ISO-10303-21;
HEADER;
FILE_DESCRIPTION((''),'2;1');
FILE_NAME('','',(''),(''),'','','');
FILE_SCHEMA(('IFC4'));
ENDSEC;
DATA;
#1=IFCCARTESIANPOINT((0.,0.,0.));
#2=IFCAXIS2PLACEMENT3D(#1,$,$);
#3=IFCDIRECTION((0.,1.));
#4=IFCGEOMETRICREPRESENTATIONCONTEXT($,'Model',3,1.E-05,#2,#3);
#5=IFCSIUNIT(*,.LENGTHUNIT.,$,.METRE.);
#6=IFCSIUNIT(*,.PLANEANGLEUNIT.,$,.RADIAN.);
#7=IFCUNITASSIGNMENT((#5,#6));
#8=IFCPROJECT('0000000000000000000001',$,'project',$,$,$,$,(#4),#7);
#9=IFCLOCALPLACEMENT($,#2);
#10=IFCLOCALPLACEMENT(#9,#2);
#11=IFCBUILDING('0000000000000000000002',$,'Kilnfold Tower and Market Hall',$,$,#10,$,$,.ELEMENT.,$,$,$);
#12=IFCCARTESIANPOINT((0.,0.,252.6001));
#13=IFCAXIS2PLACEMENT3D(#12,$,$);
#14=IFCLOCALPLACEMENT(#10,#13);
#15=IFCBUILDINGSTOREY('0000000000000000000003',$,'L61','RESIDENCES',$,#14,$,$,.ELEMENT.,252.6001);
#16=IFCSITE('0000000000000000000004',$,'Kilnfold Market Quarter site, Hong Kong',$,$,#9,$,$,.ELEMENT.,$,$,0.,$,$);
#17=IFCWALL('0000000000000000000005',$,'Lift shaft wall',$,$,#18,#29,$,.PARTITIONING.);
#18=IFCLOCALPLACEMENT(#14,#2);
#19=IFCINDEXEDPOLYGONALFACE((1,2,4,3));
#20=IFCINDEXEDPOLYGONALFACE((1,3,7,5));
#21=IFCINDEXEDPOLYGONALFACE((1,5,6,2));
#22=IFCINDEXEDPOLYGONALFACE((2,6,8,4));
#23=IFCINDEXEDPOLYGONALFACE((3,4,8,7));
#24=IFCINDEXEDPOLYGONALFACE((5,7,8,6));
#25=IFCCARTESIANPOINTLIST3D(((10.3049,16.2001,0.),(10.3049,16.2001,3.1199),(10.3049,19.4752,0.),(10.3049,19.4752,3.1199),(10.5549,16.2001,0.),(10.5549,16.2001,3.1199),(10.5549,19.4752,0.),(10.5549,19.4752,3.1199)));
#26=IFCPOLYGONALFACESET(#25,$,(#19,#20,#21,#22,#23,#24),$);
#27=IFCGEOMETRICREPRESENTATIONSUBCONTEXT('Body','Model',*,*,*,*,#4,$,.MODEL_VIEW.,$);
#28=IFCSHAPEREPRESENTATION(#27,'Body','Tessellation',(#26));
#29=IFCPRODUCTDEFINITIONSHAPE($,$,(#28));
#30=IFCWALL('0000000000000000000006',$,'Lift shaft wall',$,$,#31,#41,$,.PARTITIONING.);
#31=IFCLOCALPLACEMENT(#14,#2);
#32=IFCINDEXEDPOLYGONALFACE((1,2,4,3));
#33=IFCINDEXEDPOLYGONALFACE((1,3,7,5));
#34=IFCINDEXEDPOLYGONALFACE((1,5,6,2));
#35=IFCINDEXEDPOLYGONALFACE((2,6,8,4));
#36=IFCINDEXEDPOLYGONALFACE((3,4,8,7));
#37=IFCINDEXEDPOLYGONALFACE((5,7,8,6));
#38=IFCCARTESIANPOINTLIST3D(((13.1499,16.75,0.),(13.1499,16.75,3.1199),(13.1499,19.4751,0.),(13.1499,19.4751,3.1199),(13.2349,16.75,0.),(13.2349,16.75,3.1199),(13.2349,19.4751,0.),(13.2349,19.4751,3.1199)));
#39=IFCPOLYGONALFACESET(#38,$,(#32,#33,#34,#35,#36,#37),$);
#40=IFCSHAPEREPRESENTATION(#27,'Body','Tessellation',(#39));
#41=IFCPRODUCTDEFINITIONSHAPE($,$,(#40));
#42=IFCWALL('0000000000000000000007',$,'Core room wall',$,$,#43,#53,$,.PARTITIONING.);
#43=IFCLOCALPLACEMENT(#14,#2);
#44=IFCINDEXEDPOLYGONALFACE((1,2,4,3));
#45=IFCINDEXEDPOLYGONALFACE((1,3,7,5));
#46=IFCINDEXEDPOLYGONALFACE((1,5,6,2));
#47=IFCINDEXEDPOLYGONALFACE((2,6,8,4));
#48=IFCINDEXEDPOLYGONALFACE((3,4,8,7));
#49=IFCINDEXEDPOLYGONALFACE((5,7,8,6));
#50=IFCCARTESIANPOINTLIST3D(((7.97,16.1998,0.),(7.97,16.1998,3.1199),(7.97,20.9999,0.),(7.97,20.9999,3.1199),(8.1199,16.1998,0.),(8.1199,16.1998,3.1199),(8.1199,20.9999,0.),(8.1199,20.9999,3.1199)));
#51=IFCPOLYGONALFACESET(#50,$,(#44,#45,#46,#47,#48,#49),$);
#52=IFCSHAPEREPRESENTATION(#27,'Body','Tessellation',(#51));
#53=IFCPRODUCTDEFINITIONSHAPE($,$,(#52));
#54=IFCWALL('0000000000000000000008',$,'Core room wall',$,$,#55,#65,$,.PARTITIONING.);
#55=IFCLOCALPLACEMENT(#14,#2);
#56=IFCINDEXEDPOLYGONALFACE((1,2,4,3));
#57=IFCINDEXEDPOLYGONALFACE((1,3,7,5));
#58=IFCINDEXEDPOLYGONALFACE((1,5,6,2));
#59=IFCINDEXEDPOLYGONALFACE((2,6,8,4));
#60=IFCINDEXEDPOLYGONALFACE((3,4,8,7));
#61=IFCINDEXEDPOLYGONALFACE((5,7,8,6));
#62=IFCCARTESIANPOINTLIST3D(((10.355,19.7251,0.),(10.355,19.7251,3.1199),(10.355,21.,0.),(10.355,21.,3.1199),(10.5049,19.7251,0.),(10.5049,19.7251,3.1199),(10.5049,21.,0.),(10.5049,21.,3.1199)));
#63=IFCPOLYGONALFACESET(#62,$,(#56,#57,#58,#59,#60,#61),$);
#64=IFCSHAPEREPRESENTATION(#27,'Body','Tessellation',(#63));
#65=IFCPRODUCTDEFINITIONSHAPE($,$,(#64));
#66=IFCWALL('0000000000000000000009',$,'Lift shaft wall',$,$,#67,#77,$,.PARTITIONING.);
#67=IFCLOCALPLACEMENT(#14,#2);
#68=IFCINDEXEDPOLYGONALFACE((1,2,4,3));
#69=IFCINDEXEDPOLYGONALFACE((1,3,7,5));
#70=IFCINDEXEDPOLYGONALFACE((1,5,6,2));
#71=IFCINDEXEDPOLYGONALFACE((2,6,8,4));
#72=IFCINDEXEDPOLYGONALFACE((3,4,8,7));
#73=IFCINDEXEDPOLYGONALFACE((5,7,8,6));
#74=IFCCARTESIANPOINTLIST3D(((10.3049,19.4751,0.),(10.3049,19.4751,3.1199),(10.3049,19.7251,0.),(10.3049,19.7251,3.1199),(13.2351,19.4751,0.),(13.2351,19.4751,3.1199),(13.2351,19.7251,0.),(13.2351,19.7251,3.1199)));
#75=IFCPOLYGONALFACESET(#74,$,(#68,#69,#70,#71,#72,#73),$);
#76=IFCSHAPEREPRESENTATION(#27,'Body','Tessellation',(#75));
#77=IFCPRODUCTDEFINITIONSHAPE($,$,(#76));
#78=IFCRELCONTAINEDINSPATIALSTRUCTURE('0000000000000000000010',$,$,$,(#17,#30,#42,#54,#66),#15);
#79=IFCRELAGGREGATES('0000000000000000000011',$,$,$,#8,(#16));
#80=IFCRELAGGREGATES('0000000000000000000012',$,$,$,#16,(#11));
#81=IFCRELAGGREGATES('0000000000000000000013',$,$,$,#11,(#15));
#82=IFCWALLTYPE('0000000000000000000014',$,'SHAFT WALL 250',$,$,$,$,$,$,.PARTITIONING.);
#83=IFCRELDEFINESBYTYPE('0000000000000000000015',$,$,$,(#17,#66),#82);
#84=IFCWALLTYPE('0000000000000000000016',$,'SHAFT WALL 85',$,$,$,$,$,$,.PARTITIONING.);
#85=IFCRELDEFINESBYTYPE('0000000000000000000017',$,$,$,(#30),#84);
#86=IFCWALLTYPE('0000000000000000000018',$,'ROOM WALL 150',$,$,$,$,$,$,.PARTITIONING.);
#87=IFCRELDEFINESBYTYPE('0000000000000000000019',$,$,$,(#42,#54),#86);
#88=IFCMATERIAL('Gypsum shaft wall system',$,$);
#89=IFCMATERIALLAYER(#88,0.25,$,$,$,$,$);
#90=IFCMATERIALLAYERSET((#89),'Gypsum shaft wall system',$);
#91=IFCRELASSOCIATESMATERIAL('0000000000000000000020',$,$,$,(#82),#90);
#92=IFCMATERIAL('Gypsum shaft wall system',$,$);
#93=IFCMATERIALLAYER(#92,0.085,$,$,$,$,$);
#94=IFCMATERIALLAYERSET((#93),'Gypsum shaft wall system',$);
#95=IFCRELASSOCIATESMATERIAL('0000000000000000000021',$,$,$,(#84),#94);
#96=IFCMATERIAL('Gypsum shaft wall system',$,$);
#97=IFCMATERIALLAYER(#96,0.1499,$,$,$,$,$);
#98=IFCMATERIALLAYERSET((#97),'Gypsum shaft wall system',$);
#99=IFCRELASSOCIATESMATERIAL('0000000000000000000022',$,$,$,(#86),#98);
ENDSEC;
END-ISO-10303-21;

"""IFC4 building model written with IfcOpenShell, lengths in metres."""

from ifc_helpers import new_model, si_unit, direction, frame, frame_2d, origin, place, context, subcontext, project, spatial, rectangle, extrude, source, transform, mapped, material, layer, layer_set, type_object, element, save


model = new_model("IFC4")

# Units and contexts
model_context = context("Model", 3, precision=1e-05, world=origin(), true_north=direction((0.0, 1.0)))
body_context = subcontext(model_context, "Body", "Model", "MODEL_VIEW")
ifc_project = project(units=[si_unit("LENGTHUNIT", "METRE"), si_unit("PLANEANGLEUNIT", "RADIAN")], contexts=[model_context])

# Site, building, storey
site_placement = place(None, origin())
site = spatial("IfcSite", under=ifc_project, at=site_placement, Name="Kilnfold Market Quarter site, Hong Kong", CompositionType="ELEMENT", RefElevation=0.0)
building_placement = place(site_placement, origin())
building = spatial("IfcBuilding", under=site, at=building_placement, Name="Kilnfold Tower and Market Hall", CompositionType="ELEMENT")
storey_placement = place(building_placement, frame((0.0, 0.0, 252.6001)))
storey = spatial("IfcBuildingStorey", under=building, at=storey_placement, Name="L61", Description="RESIDENCES", CompositionType="ELEMENT", Elevation=252.6001)

# Walls
ifc_material_1 = material(Name="Gypsum shaft wall system")
ifc_layer_1 = layer(ifc_material_1, 0.25)
ifc_layer_set_1 = layer_set([ifc_layer_1], Name="Gypsum shaft wall system")
wall_type_1 = type_object("IfcWallType", Name="SHAFT WALL 250", PredefinedType="PARTITIONING", material=ifc_layer_set_1)
shared_shape_1 = source(origin(), body_context, "Body", "SweptSolid", [
    extrude(rectangle(XDim=3.2751, YDim=0.25, at=frame_2d((1.6377, 0.0))), origin(), (0.0, 0.0, 1.0), 3.1199),
])
wall_1_placement = place(storey_placement, frame((10.4299, 16.2, 0.0), z_axis=(0.0, 0.0, 1.0), x_axis=(0.0, 1.0, 0.0)))
element("IfcWall", 1, at=wall_1_placement, inside=storey, type_object=wall_type_1, Name="Lift shaft wall", PredefinedType="PARTITIONING", context=body_context, shape_type="MappedRepresentation", body=[
    mapped(shared_shape_1, transform((0.0, 0.0, 0.0))),
])
ifc_material_2 = material(Name="Gypsum shaft wall system")
ifc_layer_2 = layer(ifc_material_2, 0.085)
ifc_layer_set_2 = layer_set([ifc_layer_2], Name="Gypsum shaft wall system")
wall_type_2 = type_object("IfcWallType", Name="SHAFT WALL 85", PredefinedType="PARTITIONING", material=ifc_layer_set_2)
shared_shape_2 = source(origin(), body_context, "Body", "SweptSolid", [
    extrude(rectangle(XDim=2.7251, YDim=0.085, at=frame_2d((1.3625, 0.0))), origin(), (0.0, 0.0, 1.0), 3.1199),
])
wall_2_placement = place(storey_placement, frame((13.1924, 16.75, 0.0), z_axis=(0.0, 0.0, 1.0), x_axis=(0.0, 1.0, 0.0)))
element("IfcWall", 2, at=wall_2_placement, inside=storey, type_object=wall_type_2, Name="Lift shaft wall", PredefinedType="PARTITIONING", context=body_context, shape_type="MappedRepresentation", body=[
    mapped(shared_shape_2, transform((0.0, 0.0, 0.0))),
])
ifc_material_3 = material(Name="Gypsum shaft wall system")
ifc_layer_3 = layer(ifc_material_3, 0.1499)
ifc_layer_set_3 = layer_set([ifc_layer_3], Name="Gypsum shaft wall system")
wall_type_3 = type_object("IfcWallType", Name="ROOM WALL 150", PredefinedType="PARTITIONING", material=ifc_layer_set_3)
shared_shape_3 = source(origin(), body_context, "Body", "SweptSolid", [
    extrude(rectangle(XDim=4.8, YDim=0.1499, at=frame_2d((2.3999, 0.0))), origin(), (0.0, 0.0, 1.0), 3.1199),
])
wall_3_placement = place(storey_placement, frame((8.0449, 16.2, 0.0), z_axis=(0.0, 0.0, 1.0), x_axis=(0.0, 1.0, 0.0)))
element("IfcWall", 3, at=wall_3_placement, inside=storey, type_object=wall_type_3, Name="Core room wall", PredefinedType="PARTITIONING", context=body_context, shape_type="MappedRepresentation", body=[
    mapped(shared_shape_3, transform((0.0, 0.0, 0.0))),
])
shared_shape_4 = source(origin(), body_context, "Body", "SweptSolid", [
    extrude(rectangle(XDim=1.2749, YDim=0.1499, at=frame_2d((0.6375, 0.0))), origin(), (0.0, 0.0, 1.0), 3.1199),
])
wall_4_placement = place(storey_placement, frame((10.4299, 19.7251, 0.0), z_axis=(0.0, 0.0, 1.0), x_axis=(0.0, 1.0, 0.0)))
element("IfcWall", 4, at=wall_4_placement, inside=storey, type_object=wall_type_3, Name="Core room wall", PredefinedType="PARTITIONING", context=body_context, shape_type="MappedRepresentation", body=[
    mapped(shared_shape_4, transform((0.0, 0.0, 0.0))),
])
shared_shape_5 = source(origin(), body_context, "Body", "SweptSolid", [
    extrude(rectangle(XDim=2.9302, YDim=0.25, at=frame_2d((1.4651, 0.0))), origin(), (0.0, 0.0, 1.0), 3.1199),
])
wall_5_placement = place(storey_placement, frame((10.3049, 19.6001, 0.0), z_axis=(0.0, 0.0, 1.0), x_axis=(1.0, 0.0, 0.0)))
element("IfcWall", 5, at=wall_5_placement, inside=storey, type_object=wall_type_1, Name="Lift shaft wall", PredefinedType="PARTITIONING", context=body_context, shape_type="MappedRepresentation", body=[
    mapped(shared_shape_5, transform((0.0, 0.0, 0.0))),
])

save(model, "model.ifc")
